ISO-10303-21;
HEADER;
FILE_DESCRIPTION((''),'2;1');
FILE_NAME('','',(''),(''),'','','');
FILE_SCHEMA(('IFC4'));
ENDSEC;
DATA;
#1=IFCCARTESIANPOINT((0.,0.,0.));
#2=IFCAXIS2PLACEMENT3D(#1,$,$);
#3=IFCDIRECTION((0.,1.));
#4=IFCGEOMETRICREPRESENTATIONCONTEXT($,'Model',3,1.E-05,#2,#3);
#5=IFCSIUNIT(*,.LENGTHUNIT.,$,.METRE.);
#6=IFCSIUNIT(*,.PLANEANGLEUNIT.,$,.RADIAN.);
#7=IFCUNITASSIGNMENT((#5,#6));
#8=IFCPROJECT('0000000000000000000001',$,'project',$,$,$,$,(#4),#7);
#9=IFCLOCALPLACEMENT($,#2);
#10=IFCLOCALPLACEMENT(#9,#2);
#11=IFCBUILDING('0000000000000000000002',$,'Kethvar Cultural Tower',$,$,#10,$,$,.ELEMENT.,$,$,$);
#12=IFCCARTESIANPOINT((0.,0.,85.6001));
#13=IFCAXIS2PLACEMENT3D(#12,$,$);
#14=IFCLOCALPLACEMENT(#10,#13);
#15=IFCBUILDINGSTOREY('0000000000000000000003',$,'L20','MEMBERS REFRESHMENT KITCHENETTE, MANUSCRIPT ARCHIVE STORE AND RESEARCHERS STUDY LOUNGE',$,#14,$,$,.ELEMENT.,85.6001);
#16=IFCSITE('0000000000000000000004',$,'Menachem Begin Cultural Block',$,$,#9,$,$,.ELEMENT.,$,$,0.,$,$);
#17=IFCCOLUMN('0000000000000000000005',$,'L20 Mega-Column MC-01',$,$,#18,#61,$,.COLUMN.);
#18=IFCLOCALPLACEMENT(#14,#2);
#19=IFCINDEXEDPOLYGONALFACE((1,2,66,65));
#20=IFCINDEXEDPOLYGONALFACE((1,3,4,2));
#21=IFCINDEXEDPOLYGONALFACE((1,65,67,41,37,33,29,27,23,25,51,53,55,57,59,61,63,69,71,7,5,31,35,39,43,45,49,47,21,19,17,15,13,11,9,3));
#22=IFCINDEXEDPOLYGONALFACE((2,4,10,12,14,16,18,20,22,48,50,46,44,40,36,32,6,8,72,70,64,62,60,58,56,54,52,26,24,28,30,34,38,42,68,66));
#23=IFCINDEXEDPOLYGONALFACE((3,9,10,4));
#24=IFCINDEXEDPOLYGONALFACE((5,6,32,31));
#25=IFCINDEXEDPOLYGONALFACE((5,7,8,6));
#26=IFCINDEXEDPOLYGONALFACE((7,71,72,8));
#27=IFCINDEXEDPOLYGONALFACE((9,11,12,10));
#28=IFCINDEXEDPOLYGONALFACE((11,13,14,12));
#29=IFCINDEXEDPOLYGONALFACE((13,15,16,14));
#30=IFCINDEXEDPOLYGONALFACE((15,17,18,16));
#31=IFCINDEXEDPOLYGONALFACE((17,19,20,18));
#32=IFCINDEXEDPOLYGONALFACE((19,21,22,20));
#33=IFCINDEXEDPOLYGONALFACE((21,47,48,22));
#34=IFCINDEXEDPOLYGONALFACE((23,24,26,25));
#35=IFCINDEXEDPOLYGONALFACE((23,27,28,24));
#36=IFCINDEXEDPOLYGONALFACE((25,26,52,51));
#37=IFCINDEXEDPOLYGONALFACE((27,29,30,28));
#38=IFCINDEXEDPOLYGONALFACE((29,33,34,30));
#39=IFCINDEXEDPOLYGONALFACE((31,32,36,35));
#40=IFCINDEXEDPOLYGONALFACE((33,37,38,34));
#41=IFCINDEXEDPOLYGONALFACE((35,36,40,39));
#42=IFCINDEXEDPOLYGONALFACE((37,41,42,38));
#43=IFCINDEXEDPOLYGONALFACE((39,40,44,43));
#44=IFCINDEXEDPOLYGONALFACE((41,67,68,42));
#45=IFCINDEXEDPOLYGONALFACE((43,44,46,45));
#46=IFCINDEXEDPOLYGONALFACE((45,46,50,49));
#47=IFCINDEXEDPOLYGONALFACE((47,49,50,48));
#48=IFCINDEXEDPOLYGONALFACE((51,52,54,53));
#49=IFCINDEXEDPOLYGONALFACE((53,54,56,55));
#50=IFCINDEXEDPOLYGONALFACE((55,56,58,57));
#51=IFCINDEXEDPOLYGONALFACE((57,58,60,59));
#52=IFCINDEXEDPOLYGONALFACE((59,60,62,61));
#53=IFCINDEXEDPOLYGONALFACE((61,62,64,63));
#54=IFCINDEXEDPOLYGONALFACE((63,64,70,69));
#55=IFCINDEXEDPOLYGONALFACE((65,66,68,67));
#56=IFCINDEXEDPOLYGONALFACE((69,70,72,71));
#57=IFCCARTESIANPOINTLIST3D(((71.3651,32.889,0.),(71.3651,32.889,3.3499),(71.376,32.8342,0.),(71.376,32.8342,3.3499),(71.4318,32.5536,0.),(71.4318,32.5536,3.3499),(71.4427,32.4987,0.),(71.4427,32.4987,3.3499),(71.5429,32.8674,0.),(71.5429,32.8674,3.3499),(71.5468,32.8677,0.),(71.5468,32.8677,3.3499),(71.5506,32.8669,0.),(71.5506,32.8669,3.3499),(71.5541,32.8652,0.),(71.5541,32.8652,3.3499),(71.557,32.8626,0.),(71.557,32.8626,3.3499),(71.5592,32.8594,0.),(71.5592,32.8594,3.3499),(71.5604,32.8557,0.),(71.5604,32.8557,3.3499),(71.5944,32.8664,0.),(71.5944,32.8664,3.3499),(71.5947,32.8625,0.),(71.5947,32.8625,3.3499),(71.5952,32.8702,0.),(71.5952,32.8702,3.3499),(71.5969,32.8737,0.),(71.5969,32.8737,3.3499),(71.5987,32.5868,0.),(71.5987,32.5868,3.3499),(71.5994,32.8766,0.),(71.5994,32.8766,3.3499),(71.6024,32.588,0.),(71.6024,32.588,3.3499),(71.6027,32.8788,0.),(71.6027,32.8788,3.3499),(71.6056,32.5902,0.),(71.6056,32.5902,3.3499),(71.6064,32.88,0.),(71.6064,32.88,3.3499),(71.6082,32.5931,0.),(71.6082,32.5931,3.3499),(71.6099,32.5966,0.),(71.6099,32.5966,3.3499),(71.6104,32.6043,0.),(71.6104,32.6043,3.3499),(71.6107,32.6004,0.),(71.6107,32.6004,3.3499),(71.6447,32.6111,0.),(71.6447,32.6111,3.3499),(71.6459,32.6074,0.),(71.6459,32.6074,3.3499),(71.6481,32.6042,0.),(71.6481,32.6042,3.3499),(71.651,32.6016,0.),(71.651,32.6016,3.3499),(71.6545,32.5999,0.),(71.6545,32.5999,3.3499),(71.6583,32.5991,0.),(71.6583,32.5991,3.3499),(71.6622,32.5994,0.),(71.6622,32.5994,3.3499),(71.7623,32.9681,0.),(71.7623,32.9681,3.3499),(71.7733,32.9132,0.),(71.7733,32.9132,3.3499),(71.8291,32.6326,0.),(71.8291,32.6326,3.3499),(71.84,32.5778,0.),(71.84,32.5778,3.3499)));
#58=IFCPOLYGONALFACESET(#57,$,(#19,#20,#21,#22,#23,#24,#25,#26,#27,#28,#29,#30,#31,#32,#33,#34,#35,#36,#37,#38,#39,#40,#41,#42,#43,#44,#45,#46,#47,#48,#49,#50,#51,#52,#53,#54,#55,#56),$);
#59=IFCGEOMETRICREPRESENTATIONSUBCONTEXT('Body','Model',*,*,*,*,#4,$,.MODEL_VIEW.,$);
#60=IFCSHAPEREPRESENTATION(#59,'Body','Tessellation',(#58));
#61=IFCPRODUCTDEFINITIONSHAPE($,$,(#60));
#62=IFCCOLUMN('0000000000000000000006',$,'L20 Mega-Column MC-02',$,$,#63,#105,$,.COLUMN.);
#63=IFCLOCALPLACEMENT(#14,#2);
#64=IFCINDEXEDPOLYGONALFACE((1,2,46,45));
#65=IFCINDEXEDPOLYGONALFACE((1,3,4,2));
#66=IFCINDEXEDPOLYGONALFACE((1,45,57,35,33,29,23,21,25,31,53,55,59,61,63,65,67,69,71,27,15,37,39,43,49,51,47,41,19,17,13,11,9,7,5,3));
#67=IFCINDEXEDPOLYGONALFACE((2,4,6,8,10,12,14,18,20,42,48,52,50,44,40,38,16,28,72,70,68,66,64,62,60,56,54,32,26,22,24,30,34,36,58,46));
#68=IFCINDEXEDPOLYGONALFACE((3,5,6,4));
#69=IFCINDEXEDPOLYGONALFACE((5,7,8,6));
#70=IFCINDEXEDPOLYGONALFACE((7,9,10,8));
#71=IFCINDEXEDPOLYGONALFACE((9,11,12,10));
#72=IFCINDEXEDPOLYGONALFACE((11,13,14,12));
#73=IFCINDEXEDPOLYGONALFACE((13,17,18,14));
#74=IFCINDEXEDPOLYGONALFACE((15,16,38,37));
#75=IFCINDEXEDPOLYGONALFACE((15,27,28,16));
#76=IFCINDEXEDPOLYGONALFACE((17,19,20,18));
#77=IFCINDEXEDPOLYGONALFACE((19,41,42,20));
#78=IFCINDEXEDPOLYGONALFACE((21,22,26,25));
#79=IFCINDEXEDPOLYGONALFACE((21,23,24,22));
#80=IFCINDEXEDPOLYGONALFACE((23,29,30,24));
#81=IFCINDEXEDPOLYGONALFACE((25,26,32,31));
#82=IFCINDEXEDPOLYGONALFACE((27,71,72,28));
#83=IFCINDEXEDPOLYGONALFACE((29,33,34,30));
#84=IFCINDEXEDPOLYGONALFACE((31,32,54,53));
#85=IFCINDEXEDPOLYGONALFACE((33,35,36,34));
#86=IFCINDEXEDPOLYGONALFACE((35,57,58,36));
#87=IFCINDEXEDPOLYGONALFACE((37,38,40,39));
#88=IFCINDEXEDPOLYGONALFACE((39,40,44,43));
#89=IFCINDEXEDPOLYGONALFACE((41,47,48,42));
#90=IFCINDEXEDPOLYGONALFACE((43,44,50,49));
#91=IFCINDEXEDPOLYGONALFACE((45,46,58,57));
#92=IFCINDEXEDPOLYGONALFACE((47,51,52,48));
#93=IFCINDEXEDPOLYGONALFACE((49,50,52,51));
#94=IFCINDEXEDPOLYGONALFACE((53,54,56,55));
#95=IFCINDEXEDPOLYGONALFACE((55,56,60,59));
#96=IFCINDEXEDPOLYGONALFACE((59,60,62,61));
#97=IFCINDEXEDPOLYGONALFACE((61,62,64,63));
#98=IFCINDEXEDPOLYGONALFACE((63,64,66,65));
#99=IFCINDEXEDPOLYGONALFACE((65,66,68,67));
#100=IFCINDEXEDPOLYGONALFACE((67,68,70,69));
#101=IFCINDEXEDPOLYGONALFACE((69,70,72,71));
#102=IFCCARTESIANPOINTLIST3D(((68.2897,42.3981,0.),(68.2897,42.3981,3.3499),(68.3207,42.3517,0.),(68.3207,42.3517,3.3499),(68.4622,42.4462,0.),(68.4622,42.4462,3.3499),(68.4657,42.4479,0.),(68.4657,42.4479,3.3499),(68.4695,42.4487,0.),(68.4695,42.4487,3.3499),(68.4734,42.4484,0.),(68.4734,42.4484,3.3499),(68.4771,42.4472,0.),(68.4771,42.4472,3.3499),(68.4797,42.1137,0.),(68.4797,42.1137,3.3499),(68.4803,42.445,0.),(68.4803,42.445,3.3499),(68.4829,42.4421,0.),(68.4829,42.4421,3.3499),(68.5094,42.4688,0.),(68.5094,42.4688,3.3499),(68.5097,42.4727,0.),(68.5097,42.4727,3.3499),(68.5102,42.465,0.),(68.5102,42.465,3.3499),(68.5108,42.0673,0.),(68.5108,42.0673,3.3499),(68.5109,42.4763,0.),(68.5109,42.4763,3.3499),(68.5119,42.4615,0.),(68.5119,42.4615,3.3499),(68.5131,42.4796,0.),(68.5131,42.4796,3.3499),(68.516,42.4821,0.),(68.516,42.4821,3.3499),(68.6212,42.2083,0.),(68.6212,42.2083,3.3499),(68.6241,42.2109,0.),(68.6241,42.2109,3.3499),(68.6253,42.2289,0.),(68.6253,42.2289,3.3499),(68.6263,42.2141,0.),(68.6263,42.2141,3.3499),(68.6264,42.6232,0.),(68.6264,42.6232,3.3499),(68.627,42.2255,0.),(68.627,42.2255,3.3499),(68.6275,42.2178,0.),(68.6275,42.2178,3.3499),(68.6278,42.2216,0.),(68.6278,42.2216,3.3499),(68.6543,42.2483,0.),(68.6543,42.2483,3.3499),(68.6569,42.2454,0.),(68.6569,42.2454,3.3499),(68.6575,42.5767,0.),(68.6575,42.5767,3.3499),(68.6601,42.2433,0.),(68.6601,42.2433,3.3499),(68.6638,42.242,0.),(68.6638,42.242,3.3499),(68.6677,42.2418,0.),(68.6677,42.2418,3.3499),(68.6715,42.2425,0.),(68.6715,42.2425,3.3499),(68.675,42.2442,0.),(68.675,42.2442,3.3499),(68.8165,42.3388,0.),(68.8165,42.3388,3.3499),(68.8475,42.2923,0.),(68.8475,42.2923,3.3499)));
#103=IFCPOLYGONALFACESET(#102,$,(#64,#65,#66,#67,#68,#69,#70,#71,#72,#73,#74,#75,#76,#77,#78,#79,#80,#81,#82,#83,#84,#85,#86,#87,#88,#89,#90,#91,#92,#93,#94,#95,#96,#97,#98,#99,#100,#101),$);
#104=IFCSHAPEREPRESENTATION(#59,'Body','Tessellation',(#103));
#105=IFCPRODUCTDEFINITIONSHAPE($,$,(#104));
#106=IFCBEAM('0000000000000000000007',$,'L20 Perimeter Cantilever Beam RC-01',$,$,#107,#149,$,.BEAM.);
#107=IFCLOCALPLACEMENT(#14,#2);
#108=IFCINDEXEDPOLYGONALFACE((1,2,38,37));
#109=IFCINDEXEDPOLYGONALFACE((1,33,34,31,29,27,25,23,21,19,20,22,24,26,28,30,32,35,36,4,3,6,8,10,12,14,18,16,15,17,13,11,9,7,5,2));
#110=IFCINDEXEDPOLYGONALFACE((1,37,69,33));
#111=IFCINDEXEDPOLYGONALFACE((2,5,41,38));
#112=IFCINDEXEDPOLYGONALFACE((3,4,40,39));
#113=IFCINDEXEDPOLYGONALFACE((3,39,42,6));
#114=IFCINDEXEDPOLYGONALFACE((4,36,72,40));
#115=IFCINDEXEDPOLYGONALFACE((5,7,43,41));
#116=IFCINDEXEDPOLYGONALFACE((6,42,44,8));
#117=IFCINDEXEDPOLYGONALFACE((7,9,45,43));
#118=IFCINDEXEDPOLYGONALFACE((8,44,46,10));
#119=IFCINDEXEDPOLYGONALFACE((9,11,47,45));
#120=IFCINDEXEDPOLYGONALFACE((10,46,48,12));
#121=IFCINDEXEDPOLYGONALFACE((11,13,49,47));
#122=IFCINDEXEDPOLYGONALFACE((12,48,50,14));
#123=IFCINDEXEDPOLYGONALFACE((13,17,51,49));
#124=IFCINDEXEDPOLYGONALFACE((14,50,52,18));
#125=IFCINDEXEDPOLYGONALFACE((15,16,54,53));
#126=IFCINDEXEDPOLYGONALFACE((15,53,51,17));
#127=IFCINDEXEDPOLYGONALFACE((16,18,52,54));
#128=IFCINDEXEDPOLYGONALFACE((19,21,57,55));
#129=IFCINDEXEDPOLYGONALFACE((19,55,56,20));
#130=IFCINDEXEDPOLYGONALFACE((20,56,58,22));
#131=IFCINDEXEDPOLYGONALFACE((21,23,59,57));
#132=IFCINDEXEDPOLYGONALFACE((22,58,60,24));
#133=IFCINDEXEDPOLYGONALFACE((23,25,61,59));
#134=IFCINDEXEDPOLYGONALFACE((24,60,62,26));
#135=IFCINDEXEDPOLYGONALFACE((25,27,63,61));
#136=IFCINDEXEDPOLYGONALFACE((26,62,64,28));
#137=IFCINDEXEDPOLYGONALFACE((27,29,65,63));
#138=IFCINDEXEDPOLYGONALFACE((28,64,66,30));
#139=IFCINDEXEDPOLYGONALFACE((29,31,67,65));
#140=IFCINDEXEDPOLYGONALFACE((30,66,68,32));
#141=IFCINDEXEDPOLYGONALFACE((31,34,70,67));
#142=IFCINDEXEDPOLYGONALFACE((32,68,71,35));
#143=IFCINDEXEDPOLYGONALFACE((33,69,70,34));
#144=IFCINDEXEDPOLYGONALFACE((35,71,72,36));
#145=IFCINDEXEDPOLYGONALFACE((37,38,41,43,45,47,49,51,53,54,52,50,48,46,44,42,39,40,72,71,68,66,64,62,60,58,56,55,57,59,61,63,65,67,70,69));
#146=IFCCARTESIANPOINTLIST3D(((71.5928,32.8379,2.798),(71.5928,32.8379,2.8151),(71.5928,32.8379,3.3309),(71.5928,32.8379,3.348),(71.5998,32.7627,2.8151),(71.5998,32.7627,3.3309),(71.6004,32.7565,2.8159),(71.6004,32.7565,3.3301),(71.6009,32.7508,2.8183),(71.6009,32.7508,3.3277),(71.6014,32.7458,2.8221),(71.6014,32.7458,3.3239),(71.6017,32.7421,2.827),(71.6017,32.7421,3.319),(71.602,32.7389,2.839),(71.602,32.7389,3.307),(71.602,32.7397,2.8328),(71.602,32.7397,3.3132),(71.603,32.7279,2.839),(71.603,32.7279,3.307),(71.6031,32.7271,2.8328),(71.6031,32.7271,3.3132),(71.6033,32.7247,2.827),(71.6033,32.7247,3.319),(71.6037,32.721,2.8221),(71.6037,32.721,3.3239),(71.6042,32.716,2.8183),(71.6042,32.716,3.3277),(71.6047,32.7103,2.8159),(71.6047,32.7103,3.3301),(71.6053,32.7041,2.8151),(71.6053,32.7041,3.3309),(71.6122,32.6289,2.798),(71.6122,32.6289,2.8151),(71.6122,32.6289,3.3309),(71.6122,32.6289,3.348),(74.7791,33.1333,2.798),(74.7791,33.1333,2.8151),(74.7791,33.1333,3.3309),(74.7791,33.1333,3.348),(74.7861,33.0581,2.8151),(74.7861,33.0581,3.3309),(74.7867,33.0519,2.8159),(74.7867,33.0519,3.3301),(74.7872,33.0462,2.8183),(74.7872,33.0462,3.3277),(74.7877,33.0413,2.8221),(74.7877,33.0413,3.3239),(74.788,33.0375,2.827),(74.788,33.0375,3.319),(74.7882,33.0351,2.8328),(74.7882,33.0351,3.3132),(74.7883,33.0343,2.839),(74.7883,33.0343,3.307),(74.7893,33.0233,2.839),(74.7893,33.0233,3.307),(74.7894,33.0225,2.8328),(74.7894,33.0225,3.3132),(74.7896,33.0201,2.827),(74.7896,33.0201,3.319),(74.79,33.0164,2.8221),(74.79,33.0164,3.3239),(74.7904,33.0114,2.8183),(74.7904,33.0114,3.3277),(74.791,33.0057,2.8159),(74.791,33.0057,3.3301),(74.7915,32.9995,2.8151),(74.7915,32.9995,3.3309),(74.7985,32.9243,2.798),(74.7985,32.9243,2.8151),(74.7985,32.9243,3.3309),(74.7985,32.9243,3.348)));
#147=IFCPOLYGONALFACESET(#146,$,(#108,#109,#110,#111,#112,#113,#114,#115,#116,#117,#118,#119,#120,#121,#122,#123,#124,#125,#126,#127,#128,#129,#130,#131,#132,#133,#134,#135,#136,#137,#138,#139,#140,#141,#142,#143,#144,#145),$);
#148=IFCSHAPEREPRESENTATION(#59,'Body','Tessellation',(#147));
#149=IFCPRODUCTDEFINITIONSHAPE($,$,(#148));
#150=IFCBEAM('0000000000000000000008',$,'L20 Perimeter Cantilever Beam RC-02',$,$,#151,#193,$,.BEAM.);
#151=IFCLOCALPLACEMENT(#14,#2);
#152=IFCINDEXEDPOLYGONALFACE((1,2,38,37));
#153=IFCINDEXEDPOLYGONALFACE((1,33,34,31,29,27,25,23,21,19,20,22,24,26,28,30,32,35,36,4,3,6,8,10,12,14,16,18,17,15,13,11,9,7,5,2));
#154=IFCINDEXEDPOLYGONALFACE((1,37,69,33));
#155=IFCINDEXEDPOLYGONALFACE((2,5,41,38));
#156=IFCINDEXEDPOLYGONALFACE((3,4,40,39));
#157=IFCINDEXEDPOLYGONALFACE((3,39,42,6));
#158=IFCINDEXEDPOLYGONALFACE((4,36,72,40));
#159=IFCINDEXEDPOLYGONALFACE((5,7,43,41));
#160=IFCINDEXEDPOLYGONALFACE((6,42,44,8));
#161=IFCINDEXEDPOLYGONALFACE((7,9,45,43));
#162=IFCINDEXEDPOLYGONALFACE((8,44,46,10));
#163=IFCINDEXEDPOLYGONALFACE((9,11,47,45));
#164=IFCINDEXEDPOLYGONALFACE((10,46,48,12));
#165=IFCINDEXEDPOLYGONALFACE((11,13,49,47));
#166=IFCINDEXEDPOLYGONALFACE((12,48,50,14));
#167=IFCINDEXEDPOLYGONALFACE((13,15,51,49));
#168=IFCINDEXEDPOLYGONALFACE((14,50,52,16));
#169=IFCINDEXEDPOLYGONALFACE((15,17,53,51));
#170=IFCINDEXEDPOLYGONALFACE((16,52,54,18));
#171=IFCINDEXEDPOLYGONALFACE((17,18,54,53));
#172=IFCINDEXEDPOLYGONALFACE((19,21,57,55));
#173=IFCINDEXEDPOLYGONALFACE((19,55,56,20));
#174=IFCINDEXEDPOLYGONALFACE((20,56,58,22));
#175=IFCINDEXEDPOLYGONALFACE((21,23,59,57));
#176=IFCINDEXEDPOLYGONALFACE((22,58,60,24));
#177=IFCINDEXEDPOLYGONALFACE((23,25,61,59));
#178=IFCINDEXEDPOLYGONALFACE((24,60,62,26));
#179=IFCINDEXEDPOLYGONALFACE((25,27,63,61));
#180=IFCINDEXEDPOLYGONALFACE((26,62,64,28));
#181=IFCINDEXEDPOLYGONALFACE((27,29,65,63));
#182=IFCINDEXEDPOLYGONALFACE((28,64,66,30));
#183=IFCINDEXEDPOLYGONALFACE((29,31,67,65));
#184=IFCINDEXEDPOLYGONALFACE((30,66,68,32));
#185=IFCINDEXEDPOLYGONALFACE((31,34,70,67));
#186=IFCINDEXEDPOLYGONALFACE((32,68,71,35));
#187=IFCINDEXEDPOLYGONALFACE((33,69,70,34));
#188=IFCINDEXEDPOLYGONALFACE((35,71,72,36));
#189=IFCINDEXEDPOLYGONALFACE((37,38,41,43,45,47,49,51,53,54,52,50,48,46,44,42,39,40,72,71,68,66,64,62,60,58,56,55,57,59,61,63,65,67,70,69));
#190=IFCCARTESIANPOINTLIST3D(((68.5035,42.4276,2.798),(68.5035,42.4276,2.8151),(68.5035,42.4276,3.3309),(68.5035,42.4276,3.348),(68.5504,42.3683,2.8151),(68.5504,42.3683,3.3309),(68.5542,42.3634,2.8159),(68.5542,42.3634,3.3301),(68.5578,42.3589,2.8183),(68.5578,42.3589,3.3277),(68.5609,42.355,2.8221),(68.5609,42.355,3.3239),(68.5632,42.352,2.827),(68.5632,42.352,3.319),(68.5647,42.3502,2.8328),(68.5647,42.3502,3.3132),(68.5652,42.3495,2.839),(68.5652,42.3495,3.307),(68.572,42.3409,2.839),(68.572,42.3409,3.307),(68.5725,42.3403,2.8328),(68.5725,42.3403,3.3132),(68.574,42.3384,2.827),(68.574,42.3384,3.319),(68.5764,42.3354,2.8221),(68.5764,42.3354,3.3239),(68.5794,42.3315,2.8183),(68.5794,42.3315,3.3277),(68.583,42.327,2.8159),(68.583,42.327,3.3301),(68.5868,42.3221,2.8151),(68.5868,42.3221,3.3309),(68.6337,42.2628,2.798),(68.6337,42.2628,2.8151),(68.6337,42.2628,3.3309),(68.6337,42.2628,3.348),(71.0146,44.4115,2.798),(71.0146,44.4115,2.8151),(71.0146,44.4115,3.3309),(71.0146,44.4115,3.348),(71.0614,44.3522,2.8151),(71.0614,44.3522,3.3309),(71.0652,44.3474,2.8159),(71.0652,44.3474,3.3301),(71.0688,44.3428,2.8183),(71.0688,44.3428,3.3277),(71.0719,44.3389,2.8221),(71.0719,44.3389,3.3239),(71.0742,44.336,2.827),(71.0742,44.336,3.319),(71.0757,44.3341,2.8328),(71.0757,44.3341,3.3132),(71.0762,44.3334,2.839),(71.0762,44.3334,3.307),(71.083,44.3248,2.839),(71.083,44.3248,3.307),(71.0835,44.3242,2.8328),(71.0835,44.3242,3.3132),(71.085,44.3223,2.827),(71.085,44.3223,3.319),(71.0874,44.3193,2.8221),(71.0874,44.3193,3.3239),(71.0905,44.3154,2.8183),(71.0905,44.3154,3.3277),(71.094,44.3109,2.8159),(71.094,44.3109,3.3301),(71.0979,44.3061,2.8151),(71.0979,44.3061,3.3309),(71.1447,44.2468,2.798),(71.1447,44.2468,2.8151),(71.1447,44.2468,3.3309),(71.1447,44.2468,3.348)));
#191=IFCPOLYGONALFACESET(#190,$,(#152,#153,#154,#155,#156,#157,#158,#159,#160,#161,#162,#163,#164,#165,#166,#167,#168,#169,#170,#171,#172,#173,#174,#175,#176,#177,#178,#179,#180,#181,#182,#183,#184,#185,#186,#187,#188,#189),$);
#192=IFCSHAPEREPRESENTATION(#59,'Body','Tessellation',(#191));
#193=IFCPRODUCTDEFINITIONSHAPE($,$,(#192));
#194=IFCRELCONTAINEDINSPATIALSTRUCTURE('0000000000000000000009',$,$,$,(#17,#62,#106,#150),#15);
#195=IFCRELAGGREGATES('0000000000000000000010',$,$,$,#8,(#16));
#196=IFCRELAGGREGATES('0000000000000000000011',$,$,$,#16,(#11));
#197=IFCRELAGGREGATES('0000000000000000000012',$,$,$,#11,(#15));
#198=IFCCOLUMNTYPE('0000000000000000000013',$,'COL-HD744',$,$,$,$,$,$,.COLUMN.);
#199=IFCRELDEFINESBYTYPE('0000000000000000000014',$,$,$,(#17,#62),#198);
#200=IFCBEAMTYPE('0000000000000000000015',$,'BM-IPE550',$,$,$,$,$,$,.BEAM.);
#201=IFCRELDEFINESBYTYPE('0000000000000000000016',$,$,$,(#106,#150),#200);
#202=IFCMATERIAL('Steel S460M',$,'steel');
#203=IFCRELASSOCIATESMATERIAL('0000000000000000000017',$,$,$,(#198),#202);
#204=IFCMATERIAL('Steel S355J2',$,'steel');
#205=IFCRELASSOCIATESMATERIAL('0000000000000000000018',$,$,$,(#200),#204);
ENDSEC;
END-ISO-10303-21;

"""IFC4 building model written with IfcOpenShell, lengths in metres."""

from ifc_helpers import new_model, si_unit, direction, frame, origin, origin_2d, place, context, subcontext, project, spatial, i_section, extrude, source, transform, mapped, material, material_profile, profile_set, type_object, element, save


model = new_model("IFC4")

# Units and contexts
model_context = context("Model", 3, precision=1e-05, world=origin(), true_north=direction((0.0, 1.0)))
body_context = subcontext(model_context, "Body", "Model", "MODEL_VIEW")
ifc_project = project(units=[si_unit("LENGTHUNIT", "METRE"), si_unit("PLANEANGLEUNIT", "RADIAN")], contexts=[model_context])

# Site, building, storey
site_placement = place(None, origin())
site = spatial("IfcSite", under=ifc_project, at=site_placement, Name="Menachem Begin Cultural Block", CompositionType="ELEMENT", RefElevation=0.0)
building_placement = place(site_placement, origin())
building = spatial("IfcBuilding", under=site, at=building_placement, Name="Kethvar Cultural Tower", CompositionType="ELEMENT")
storey_placement = place(building_placement, frame((0.0, 0.0, 85.6001)))
storey = spatial("IfcBuildingStorey", under=building, at=storey_placement, Name="L20", Description="MEMBERS REFRESHMENT KITCHENETTE, MANUSCRIPT ARCHIVE STORE AND RESEARCHERS STUDY LOUNGE", CompositionType="ELEMENT", Elevation=85.6001)

# Columns
ifc_material_1 = material(Name="Steel S460M", Category="steel")
ifc_material_profile_1 = material_profile(ifc_material_1, i_section(OverallWidth=0.405, OverallDepth=0.3979, WebThickness=0.0349, FlangeThickness=0.0559, FilletRadius=0.0149, at=origin_2d()), Name="Steel S460M — HD400x744")
ifc_profile_set_1 = profile_set([ifc_material_profile_1], Name="Steel S460M — HD400x744")
column_type = type_object("IfcColumnType", Name="COL-HD744", PredefinedType="COLUMN", material=ifc_profile_set_1)
shared_shape_1 = source(origin(), body_context, "Body", "SweptSolid", [
    extrude(i_section(OverallWidth=0.405, OverallDepth=0.3979, WebThickness=0.0349, FlangeThickness=0.0559, FilletRadius=0.0149, at=origin_2d()), origin(), (0.0, 0.0, 1.0), 3.3499),
])
for number, where, z_axis, x_axis, name in (
    (1, (71.6025, 32.7334, 0.0), (0.0, 0.0, 1.0), (0.980785, 0.19509, 0.0), "L20 Mega-Column MC-01"),
    (2, (68.5686, 42.3452, 0.0), (0.0, 0.0, 1.0), (0.83147, 0.55557, 0.0), "L20 Mega-Column MC-02"),
):
    element("IfcColumn", number, at=place(storey_placement, frame(where, z_axis=z_axis, x_axis=x_axis)), inside=storey, type_object=column_type, Name=name, PredefinedType="COLUMN", context=body_context, shape_type="MappedRepresentation", body=[
        mapped(shared_shape_1, transform((0.0, 0.0, 0.0), scale=1.0)),
    ])

# Beams
ifc_material_2 = material(Name="Steel S355J2", Category="steel")
ifc_material_profile_2 = material_profile(ifc_material_2, i_section(OverallWidth=0.21, OverallDepth=0.55, WebThickness=0.011, FlangeThickness=0.0171, FilletRadius=0.0239, at=origin_2d()), Name="Steel S355J2 — IPE550")
ifc_profile_set_2 = profile_set([ifc_material_profile_2], Name="Steel S355J2 — IPE550")
beam_type_1 = type_object("IfcBeamType", Name="BM-IPE550", PredefinedType="BEAM", material=ifc_profile_set_2)
shared_shape_2 = source(origin(), body_context, "Body", "SweptSolid", [
    extrude(i_section(OverallWidth=0.21, OverallDepth=0.55, WebThickness=0.011, FlangeThickness=0.0171, FilletRadius=0.0239, at=origin_2d()), origin(), (0.0, 0.0, 1.0), 3.2),
])
beam_1_placement = place(storey_placement, frame((71.6025, 32.7334, 3.073), z_axis=(0.99573, 0.092317, 0.0), x_axis=(-0.092317, 0.99573, 0.0)))
element("IfcBeam", 3, at=beam_1_placement, inside=storey, type_object=beam_type_1, Name="L20 Perimeter Cantilever Beam RC-01", PredefinedType="BEAM", context=body_context, shape_type="MappedRepresentation", body=[
    mapped(shared_shape_2, transform((0.0, 0.0, 0.0), scale=1.0)),
])
shared_shape_3 = source(origin(), body_context, "Body", "SweptSolid", [
    extrude(i_section(OverallWidth=0.21, OverallDepth=0.55, WebThickness=0.011, FlangeThickness=0.0171, FilletRadius=0.0239, at=origin_2d()), origin(), (0.0, 0.0, 1.0), 3.2002),
])
beam_2_placement = place(storey_placement, frame((68.5686, 42.3452, 3.073), z_axis=(0.78465, 0.619939, 0.0), x_axis=(-0.619939, 0.78465, 0.0)))
element("IfcBeam", 4, at=beam_2_placement, inside=storey, type_object=beam_type_1, Name="L20 Perimeter Cantilever Beam RC-02", PredefinedType="BEAM", context=body_context, shape_type="MappedRepresentation", body=[
    mapped(shared_shape_3, transform((0.0, 0.0, 0.0), scale=1.0)),
])

save(model, "model.ifc")
